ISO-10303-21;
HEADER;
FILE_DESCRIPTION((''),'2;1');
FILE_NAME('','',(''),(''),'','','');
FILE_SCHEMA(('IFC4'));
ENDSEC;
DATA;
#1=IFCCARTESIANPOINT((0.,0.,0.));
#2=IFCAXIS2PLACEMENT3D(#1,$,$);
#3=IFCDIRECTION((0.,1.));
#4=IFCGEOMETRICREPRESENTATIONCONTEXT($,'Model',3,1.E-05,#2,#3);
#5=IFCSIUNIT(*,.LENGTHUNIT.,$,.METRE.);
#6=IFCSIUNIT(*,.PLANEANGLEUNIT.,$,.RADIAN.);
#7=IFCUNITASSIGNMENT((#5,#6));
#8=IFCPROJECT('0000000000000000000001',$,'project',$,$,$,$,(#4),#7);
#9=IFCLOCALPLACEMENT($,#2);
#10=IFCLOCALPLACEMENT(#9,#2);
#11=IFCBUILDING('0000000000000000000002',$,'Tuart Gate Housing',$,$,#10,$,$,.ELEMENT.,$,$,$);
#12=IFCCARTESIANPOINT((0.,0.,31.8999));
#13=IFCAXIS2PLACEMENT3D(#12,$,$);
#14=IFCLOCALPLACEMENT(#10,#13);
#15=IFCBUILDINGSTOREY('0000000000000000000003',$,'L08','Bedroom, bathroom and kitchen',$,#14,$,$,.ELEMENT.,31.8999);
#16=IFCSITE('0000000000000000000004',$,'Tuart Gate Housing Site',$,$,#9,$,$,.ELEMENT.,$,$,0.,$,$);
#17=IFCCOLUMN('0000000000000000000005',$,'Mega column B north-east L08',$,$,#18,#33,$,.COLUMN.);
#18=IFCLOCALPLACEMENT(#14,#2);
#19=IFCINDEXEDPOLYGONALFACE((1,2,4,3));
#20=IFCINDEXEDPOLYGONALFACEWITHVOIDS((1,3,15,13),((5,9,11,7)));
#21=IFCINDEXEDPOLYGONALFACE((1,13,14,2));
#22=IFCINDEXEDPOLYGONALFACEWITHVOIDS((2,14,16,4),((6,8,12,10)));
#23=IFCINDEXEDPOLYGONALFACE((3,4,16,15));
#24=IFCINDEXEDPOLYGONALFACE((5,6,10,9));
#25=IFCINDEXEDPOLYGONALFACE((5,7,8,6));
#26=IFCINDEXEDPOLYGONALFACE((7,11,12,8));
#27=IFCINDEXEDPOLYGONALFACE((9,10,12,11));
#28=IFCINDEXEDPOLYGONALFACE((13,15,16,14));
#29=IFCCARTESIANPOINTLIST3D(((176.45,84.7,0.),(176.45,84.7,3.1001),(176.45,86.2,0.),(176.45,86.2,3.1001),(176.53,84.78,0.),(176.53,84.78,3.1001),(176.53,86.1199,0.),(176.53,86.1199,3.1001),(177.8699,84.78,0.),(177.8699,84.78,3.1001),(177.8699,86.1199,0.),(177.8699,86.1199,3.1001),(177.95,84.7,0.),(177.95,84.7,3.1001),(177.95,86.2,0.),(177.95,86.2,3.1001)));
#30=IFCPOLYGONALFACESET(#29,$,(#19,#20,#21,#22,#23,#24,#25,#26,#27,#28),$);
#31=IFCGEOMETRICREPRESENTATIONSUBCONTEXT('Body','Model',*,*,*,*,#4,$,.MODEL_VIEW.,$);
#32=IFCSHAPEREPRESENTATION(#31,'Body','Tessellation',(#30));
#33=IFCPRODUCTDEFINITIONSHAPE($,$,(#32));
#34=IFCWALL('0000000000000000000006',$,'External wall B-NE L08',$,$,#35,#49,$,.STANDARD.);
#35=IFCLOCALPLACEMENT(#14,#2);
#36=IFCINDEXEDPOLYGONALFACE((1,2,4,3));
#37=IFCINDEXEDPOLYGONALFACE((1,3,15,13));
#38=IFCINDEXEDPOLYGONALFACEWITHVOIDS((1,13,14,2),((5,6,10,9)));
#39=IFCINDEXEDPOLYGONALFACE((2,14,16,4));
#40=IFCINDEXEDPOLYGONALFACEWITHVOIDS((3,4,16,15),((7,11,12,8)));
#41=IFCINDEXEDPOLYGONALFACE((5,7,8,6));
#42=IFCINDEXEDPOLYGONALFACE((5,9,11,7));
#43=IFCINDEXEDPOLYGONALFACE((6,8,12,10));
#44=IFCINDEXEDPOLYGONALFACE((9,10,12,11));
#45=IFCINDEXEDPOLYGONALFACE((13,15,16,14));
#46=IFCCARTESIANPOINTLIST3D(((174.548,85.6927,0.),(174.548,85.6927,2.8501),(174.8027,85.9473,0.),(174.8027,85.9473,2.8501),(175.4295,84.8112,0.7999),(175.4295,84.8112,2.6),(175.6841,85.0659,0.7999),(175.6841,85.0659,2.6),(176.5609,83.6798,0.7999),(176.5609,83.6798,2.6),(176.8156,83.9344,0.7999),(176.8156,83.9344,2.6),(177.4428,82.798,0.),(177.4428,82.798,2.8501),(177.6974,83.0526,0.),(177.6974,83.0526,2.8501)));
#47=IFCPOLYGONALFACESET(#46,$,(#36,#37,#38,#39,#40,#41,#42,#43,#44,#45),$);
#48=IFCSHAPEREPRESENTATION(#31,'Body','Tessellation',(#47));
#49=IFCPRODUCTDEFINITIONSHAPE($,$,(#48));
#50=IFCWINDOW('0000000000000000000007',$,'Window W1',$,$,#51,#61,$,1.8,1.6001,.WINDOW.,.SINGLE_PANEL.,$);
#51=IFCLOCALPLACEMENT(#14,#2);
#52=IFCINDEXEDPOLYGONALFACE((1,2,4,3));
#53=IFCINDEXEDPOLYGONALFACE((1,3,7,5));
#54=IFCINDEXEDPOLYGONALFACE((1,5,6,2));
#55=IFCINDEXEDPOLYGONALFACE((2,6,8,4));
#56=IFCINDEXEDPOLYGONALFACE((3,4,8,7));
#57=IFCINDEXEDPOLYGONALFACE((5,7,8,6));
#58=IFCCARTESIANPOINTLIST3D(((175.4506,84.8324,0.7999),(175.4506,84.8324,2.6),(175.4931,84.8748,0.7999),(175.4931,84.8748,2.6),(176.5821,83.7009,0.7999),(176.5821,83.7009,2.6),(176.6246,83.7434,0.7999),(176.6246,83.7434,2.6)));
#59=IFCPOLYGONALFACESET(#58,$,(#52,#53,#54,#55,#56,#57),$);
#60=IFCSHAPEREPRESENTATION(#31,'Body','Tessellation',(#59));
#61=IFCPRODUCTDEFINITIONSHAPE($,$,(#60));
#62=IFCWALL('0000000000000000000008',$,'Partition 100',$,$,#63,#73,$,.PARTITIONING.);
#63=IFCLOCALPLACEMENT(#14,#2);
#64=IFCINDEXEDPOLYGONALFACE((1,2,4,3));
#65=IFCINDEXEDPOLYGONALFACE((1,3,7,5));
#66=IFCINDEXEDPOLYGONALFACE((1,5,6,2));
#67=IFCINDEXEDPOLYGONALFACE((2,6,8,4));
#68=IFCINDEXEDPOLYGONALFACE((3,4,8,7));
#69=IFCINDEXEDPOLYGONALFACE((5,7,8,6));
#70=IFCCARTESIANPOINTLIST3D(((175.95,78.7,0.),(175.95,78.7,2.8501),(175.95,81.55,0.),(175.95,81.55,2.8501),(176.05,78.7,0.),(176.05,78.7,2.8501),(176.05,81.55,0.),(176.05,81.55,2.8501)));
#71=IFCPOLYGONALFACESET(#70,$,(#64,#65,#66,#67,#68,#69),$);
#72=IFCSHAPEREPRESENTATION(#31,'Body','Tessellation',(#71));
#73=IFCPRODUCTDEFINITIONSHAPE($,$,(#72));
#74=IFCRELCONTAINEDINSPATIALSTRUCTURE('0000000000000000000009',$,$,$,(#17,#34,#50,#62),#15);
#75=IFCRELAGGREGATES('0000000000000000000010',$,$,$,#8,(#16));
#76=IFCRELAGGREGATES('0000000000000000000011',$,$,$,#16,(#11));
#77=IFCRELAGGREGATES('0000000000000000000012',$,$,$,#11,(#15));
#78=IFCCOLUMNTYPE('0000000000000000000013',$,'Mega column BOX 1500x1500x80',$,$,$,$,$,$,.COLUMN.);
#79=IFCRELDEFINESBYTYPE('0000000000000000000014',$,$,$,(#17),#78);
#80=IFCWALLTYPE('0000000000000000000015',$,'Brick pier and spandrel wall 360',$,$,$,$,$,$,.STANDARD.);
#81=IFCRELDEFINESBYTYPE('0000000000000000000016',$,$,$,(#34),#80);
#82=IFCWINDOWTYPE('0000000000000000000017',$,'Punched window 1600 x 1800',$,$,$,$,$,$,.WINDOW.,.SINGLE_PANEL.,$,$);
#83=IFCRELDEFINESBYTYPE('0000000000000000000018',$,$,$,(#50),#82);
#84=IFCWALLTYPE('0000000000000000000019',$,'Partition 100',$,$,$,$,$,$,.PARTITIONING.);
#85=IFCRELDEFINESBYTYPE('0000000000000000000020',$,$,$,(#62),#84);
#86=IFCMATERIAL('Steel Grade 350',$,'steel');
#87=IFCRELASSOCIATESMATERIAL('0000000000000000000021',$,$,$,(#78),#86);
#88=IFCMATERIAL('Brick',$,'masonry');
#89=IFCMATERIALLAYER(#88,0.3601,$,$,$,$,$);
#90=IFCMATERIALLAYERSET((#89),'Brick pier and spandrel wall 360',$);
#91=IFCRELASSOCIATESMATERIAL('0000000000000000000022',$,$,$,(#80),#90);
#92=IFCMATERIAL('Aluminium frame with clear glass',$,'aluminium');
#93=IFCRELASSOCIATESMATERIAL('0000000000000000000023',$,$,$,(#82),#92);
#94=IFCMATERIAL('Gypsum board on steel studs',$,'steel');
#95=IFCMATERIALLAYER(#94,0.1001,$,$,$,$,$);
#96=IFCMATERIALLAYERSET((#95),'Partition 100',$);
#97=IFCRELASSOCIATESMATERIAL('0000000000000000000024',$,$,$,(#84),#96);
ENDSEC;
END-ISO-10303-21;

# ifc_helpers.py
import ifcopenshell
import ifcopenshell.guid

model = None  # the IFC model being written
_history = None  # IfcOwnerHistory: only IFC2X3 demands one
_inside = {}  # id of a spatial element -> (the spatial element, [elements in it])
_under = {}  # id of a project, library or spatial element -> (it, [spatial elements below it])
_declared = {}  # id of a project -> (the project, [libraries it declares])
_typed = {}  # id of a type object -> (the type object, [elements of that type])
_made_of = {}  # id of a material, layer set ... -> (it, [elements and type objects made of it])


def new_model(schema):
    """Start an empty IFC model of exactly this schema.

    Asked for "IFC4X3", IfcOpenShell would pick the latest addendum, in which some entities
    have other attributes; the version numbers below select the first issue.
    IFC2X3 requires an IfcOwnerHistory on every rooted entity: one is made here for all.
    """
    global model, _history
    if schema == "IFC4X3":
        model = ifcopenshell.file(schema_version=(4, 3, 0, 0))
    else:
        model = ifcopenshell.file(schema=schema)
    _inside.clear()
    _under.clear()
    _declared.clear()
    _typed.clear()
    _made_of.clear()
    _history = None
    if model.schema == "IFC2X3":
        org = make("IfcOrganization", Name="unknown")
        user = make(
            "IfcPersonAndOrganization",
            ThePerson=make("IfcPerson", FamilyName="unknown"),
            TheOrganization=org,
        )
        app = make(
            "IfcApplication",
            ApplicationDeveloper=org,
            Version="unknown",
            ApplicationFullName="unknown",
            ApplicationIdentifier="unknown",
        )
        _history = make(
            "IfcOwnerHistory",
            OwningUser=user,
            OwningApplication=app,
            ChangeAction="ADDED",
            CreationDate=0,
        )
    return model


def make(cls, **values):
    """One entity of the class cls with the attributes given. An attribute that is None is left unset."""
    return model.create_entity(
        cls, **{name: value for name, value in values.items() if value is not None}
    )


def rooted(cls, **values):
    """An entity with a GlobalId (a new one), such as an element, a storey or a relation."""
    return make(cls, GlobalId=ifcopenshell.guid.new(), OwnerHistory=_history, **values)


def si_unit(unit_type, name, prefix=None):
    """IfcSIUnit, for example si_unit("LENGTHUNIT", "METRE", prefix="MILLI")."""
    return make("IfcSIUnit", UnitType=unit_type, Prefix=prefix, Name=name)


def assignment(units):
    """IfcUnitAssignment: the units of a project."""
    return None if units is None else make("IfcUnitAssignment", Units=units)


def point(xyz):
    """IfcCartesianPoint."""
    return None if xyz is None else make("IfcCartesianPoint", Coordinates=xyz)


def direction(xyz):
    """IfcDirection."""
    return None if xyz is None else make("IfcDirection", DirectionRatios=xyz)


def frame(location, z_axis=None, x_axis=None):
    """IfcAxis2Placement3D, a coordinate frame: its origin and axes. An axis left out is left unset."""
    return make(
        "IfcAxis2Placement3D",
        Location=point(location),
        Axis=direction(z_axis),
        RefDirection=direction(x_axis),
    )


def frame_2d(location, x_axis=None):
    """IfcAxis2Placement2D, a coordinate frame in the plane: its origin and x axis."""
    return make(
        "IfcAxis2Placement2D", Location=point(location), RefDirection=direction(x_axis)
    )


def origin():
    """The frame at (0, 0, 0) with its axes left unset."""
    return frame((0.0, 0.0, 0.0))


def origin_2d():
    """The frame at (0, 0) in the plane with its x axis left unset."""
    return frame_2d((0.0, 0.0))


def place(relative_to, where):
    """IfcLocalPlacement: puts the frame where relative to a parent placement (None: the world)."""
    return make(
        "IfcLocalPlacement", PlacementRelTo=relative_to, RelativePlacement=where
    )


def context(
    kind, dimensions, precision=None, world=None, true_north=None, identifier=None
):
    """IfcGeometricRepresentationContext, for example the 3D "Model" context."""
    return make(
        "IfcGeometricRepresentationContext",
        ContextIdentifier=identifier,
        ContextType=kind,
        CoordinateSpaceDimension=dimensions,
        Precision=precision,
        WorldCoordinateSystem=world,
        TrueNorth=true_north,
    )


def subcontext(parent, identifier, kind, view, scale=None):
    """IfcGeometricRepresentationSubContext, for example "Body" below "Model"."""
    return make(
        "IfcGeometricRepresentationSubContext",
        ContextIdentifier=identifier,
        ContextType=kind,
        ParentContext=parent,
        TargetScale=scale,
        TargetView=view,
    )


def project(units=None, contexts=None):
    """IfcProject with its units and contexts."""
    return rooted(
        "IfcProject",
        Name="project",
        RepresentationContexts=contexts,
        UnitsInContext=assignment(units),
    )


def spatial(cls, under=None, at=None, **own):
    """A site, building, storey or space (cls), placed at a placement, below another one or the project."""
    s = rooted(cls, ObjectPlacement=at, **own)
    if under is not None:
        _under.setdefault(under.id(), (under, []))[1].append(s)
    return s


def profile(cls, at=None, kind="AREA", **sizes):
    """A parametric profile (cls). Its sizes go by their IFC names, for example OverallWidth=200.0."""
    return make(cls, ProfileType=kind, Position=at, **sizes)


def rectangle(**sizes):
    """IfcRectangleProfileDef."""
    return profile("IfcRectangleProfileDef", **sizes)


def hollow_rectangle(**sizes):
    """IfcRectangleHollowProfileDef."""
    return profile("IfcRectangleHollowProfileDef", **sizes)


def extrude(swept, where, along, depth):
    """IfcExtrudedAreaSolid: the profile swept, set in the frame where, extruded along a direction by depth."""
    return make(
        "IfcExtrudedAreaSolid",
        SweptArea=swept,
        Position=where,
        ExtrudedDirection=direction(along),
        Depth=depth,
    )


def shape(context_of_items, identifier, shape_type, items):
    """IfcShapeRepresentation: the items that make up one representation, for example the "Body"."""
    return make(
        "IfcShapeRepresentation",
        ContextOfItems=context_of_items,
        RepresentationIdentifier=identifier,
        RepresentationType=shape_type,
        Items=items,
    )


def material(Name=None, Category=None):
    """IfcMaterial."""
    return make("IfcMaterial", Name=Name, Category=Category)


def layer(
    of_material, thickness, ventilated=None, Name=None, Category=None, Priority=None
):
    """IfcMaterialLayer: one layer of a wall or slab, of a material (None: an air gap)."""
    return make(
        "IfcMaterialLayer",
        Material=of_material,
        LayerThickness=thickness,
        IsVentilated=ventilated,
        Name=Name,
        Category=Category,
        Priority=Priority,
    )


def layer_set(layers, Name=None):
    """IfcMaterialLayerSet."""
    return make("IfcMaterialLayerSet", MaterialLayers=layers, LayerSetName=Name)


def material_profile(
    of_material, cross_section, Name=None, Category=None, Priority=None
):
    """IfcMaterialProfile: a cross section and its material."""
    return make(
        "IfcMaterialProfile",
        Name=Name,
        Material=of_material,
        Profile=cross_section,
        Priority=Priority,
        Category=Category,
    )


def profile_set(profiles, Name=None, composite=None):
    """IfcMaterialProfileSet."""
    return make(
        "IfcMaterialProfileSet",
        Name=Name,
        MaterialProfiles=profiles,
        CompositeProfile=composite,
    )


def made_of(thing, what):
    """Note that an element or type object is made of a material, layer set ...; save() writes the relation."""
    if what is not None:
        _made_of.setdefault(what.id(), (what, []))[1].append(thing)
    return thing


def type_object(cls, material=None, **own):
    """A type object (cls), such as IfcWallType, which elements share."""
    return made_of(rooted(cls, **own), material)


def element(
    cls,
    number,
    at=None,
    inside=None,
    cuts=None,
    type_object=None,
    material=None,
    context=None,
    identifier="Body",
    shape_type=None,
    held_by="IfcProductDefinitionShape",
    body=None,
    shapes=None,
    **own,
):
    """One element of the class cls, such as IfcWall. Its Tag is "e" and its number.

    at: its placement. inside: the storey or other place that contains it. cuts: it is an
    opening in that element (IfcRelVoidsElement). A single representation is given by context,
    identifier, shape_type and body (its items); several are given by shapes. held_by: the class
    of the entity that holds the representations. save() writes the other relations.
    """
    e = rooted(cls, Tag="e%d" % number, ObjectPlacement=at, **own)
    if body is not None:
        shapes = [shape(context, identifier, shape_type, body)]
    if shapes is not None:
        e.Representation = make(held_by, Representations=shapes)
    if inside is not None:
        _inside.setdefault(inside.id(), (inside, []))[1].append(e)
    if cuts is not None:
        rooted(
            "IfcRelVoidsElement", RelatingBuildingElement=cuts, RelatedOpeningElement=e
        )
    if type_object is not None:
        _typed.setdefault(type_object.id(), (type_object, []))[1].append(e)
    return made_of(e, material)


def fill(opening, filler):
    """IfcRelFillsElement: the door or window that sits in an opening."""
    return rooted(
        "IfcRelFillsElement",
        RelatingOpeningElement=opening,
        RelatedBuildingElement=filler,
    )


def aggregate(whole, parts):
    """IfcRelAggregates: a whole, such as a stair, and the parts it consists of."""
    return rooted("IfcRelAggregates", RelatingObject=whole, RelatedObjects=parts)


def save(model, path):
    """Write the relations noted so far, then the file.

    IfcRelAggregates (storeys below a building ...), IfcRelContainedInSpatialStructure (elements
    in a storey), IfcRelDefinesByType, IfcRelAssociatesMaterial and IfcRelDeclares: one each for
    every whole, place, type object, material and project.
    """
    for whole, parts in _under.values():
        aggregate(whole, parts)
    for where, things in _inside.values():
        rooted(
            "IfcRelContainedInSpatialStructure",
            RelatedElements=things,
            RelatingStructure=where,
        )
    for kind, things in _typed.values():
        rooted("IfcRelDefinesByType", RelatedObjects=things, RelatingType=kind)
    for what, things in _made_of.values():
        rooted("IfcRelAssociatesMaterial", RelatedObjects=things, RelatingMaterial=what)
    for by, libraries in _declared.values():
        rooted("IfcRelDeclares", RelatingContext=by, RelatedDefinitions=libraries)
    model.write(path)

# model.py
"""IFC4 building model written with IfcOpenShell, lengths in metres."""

from ifc_helpers import new_model, si_unit, direction, frame, frame_2d, origin, origin_2d, place, context, subcontext, project, spatial, rectangle, hollow_rectangle, extrude, material, layer, layer_set, material_profile, profile_set, type_object, element, fill, save


model = new_model("IFC4")

# Units and contexts
model_context = context("Model", 3, precision=1e-05, world=origin(), true_north=direction((0.0, 1.0)))
body_context = subcontext(model_context, "Body", "Model", "MODEL_VIEW")
ifc_project = project(units=[si_unit("LENGTHUNIT", "METRE"), si_unit("PLANEANGLEUNIT", "RADIAN")], contexts=[model_context])

# Site, building, storey
site_placement = place(None, origin())
site = spatial("IfcSite", under=ifc_project, at=site_placement, Name="Tuart Gate Housing Site", CompositionType="ELEMENT", RefElevation=0.0)
building_placement = place(site_placement, origin())
building = spatial("IfcBuilding", under=site, at=building_placement, Name="Tuart Gate Housing", CompositionType="ELEMENT")
storey_placement = place(building_placement, frame((0.0, 0.0, 31.8999)))
storey = spatial("IfcBuildingStorey", under=building, at=storey_placement, Name="L08", Description="Bedroom, bathroom and kitchen", CompositionType="ELEMENT", Elevation=31.8999)

# Column
ifc_material_1 = material(Name="Steel Grade 350", Category="steel")
ifc_material_profile = material_profile(ifc_material_1, hollow_rectangle(XDim=1.5, YDim=1.5, WallThickness=0.0801, at=origin_2d()), Name="BOX 1500x1500x80")
ifc_profile_set = profile_set([ifc_material_profile], Name="Steel Grade 350")
column_type = type_object("IfcColumnType", Name="Mega column BOX 1500x1500x80", PredefinedType="COLUMN", material=ifc_profile_set)
column_placement = place(storey_placement, frame((177.2, 85.45, 0.0), z_axis=(0.0, 0.0, 1.0), x_axis=(1.0, 0.0, 0.0)))
element("IfcColumn", 1, at=column_placement, inside=storey, type_object=column_type, Name="Mega column B north-east L08", PredefinedType="COLUMN", context=body_context, shape_type="SweptSolid", body=[
    extrude(hollow_rectangle(XDim=1.5, YDim=1.5, WallThickness=0.0801, at=origin_2d()), origin(), (0.0, 0.0, 1.0), 3.1001),
])

# Wall, opening, window
ifc_material_2 = material(Name="Brick", Category="masonry")
ifc_layer_1 = layer(ifc_material_2, 0.3601)
ifc_layer_set_1 = layer_set([ifc_layer_1], Name="Brick pier and spandrel wall 360")
wall_type_1 = type_object("IfcWallType", Name="Brick pier and spandrel wall 360", PredefinedType="STANDARD", material=ifc_layer_set_1)
wall_1_placement = place(storey_placement, frame((177.5701, 82.9253, 0.0), z_axis=(0.0, 0.0, 1.0), x_axis=(-0.707107, 0.707107, 0.0)))
wall_1 = element("IfcWall", 2, at=wall_1_placement, inside=storey, type_object=wall_type_1, Name="External wall B-NE L08", PredefinedType="STANDARD", context=body_context, shape_type="SweptSolid", body=[
    extrude(rectangle(XDim=4.0938, YDim=0.3601, at=frame_2d((2.0469, 0.0))), origin(), (0.0, 0.0, 1.0), 2.8501),
])
opening_1_placement = place(wall_1_placement, frame((1.2471, 0.0, 0.8)))
opening_1 = element("IfcOpeningElement", 3, at=opening_1_placement, cuts=wall_1, PredefinedType="OPENING", context=body_context, shape_type="SweptSolid", body=[
    extrude(rectangle(XDim=1.6001, YDim=1.8, at=frame_2d((0.8, 0.8999))), frame((0.0, 0.1899, 0.0), z_axis=(0.0, -1.0, 0.0), x_axis=(1.0, 0.0, 0.0)), (0.0, 0.0, 1.0), 0.3801),
])
ifc_material_3 = material(Name="Aluminium frame with clear glass", Category="aluminium")
window_type_1 = type_object("IfcWindowType", Name="Punched window 1600 x 1800", PartitioningType="SINGLE_PANEL", PredefinedType="WINDOW", material=ifc_material_3)
window_1_placement = place(opening_1_placement, origin())
window_1 = element("IfcWindow", 4, at=window_1_placement, inside=storey, type_object=window_type_1, Name="Window W1", OverallHeight=1.8, OverallWidth=1.6001, PartitioningType="SINGLE_PANEL", PredefinedType="WINDOW", context=body_context, shape_type="SweptSolid", body=[
    extrude(rectangle(XDim=1.6001, YDim=1.8, at=frame_2d((0.8, 0.8999))), frame((0.0, 0.1501, 0.0), z_axis=(0.0, -1.0, 0.0), x_axis=(1.0, 0.0, 0.0)), (0.0, 0.0, 1.0), 0.0601),
])
fill(opening_1, window_1)

# Wall
ifc_material_4 = material(Name="Gypsum board on steel studs", Category="steel")
ifc_layer_2 = layer(ifc_material_4, 0.1001)
ifc_layer_set_2 = layer_set([ifc_layer_2], Name="Partition 100")
wall_type_2 = type_object("IfcWallType", Name="Partition 100", PredefinedType="PARTITIONING", material=ifc_layer_set_2)
wall_2_placement = place(storey_placement, frame((176.0, 78.7, 0.0), z_axis=(0.0, 0.0, 1.0), x_axis=(0.0, 1.0, 0.0)))
element("IfcWall", 5, at=wall_2_placement, inside=storey, type_object=wall_type_2, Name="Partition 100", PredefinedType="PARTITIONING", context=body_context, shape_type="SweptSolid", body=[
    extrude(rectangle(XDim=2.8501, YDim=0.1001, at=frame_2d((1.425, 0.0))), origin(), (0.0, 0.0, 1.0), 2.8501),
])

save(model, "model.ifc")
